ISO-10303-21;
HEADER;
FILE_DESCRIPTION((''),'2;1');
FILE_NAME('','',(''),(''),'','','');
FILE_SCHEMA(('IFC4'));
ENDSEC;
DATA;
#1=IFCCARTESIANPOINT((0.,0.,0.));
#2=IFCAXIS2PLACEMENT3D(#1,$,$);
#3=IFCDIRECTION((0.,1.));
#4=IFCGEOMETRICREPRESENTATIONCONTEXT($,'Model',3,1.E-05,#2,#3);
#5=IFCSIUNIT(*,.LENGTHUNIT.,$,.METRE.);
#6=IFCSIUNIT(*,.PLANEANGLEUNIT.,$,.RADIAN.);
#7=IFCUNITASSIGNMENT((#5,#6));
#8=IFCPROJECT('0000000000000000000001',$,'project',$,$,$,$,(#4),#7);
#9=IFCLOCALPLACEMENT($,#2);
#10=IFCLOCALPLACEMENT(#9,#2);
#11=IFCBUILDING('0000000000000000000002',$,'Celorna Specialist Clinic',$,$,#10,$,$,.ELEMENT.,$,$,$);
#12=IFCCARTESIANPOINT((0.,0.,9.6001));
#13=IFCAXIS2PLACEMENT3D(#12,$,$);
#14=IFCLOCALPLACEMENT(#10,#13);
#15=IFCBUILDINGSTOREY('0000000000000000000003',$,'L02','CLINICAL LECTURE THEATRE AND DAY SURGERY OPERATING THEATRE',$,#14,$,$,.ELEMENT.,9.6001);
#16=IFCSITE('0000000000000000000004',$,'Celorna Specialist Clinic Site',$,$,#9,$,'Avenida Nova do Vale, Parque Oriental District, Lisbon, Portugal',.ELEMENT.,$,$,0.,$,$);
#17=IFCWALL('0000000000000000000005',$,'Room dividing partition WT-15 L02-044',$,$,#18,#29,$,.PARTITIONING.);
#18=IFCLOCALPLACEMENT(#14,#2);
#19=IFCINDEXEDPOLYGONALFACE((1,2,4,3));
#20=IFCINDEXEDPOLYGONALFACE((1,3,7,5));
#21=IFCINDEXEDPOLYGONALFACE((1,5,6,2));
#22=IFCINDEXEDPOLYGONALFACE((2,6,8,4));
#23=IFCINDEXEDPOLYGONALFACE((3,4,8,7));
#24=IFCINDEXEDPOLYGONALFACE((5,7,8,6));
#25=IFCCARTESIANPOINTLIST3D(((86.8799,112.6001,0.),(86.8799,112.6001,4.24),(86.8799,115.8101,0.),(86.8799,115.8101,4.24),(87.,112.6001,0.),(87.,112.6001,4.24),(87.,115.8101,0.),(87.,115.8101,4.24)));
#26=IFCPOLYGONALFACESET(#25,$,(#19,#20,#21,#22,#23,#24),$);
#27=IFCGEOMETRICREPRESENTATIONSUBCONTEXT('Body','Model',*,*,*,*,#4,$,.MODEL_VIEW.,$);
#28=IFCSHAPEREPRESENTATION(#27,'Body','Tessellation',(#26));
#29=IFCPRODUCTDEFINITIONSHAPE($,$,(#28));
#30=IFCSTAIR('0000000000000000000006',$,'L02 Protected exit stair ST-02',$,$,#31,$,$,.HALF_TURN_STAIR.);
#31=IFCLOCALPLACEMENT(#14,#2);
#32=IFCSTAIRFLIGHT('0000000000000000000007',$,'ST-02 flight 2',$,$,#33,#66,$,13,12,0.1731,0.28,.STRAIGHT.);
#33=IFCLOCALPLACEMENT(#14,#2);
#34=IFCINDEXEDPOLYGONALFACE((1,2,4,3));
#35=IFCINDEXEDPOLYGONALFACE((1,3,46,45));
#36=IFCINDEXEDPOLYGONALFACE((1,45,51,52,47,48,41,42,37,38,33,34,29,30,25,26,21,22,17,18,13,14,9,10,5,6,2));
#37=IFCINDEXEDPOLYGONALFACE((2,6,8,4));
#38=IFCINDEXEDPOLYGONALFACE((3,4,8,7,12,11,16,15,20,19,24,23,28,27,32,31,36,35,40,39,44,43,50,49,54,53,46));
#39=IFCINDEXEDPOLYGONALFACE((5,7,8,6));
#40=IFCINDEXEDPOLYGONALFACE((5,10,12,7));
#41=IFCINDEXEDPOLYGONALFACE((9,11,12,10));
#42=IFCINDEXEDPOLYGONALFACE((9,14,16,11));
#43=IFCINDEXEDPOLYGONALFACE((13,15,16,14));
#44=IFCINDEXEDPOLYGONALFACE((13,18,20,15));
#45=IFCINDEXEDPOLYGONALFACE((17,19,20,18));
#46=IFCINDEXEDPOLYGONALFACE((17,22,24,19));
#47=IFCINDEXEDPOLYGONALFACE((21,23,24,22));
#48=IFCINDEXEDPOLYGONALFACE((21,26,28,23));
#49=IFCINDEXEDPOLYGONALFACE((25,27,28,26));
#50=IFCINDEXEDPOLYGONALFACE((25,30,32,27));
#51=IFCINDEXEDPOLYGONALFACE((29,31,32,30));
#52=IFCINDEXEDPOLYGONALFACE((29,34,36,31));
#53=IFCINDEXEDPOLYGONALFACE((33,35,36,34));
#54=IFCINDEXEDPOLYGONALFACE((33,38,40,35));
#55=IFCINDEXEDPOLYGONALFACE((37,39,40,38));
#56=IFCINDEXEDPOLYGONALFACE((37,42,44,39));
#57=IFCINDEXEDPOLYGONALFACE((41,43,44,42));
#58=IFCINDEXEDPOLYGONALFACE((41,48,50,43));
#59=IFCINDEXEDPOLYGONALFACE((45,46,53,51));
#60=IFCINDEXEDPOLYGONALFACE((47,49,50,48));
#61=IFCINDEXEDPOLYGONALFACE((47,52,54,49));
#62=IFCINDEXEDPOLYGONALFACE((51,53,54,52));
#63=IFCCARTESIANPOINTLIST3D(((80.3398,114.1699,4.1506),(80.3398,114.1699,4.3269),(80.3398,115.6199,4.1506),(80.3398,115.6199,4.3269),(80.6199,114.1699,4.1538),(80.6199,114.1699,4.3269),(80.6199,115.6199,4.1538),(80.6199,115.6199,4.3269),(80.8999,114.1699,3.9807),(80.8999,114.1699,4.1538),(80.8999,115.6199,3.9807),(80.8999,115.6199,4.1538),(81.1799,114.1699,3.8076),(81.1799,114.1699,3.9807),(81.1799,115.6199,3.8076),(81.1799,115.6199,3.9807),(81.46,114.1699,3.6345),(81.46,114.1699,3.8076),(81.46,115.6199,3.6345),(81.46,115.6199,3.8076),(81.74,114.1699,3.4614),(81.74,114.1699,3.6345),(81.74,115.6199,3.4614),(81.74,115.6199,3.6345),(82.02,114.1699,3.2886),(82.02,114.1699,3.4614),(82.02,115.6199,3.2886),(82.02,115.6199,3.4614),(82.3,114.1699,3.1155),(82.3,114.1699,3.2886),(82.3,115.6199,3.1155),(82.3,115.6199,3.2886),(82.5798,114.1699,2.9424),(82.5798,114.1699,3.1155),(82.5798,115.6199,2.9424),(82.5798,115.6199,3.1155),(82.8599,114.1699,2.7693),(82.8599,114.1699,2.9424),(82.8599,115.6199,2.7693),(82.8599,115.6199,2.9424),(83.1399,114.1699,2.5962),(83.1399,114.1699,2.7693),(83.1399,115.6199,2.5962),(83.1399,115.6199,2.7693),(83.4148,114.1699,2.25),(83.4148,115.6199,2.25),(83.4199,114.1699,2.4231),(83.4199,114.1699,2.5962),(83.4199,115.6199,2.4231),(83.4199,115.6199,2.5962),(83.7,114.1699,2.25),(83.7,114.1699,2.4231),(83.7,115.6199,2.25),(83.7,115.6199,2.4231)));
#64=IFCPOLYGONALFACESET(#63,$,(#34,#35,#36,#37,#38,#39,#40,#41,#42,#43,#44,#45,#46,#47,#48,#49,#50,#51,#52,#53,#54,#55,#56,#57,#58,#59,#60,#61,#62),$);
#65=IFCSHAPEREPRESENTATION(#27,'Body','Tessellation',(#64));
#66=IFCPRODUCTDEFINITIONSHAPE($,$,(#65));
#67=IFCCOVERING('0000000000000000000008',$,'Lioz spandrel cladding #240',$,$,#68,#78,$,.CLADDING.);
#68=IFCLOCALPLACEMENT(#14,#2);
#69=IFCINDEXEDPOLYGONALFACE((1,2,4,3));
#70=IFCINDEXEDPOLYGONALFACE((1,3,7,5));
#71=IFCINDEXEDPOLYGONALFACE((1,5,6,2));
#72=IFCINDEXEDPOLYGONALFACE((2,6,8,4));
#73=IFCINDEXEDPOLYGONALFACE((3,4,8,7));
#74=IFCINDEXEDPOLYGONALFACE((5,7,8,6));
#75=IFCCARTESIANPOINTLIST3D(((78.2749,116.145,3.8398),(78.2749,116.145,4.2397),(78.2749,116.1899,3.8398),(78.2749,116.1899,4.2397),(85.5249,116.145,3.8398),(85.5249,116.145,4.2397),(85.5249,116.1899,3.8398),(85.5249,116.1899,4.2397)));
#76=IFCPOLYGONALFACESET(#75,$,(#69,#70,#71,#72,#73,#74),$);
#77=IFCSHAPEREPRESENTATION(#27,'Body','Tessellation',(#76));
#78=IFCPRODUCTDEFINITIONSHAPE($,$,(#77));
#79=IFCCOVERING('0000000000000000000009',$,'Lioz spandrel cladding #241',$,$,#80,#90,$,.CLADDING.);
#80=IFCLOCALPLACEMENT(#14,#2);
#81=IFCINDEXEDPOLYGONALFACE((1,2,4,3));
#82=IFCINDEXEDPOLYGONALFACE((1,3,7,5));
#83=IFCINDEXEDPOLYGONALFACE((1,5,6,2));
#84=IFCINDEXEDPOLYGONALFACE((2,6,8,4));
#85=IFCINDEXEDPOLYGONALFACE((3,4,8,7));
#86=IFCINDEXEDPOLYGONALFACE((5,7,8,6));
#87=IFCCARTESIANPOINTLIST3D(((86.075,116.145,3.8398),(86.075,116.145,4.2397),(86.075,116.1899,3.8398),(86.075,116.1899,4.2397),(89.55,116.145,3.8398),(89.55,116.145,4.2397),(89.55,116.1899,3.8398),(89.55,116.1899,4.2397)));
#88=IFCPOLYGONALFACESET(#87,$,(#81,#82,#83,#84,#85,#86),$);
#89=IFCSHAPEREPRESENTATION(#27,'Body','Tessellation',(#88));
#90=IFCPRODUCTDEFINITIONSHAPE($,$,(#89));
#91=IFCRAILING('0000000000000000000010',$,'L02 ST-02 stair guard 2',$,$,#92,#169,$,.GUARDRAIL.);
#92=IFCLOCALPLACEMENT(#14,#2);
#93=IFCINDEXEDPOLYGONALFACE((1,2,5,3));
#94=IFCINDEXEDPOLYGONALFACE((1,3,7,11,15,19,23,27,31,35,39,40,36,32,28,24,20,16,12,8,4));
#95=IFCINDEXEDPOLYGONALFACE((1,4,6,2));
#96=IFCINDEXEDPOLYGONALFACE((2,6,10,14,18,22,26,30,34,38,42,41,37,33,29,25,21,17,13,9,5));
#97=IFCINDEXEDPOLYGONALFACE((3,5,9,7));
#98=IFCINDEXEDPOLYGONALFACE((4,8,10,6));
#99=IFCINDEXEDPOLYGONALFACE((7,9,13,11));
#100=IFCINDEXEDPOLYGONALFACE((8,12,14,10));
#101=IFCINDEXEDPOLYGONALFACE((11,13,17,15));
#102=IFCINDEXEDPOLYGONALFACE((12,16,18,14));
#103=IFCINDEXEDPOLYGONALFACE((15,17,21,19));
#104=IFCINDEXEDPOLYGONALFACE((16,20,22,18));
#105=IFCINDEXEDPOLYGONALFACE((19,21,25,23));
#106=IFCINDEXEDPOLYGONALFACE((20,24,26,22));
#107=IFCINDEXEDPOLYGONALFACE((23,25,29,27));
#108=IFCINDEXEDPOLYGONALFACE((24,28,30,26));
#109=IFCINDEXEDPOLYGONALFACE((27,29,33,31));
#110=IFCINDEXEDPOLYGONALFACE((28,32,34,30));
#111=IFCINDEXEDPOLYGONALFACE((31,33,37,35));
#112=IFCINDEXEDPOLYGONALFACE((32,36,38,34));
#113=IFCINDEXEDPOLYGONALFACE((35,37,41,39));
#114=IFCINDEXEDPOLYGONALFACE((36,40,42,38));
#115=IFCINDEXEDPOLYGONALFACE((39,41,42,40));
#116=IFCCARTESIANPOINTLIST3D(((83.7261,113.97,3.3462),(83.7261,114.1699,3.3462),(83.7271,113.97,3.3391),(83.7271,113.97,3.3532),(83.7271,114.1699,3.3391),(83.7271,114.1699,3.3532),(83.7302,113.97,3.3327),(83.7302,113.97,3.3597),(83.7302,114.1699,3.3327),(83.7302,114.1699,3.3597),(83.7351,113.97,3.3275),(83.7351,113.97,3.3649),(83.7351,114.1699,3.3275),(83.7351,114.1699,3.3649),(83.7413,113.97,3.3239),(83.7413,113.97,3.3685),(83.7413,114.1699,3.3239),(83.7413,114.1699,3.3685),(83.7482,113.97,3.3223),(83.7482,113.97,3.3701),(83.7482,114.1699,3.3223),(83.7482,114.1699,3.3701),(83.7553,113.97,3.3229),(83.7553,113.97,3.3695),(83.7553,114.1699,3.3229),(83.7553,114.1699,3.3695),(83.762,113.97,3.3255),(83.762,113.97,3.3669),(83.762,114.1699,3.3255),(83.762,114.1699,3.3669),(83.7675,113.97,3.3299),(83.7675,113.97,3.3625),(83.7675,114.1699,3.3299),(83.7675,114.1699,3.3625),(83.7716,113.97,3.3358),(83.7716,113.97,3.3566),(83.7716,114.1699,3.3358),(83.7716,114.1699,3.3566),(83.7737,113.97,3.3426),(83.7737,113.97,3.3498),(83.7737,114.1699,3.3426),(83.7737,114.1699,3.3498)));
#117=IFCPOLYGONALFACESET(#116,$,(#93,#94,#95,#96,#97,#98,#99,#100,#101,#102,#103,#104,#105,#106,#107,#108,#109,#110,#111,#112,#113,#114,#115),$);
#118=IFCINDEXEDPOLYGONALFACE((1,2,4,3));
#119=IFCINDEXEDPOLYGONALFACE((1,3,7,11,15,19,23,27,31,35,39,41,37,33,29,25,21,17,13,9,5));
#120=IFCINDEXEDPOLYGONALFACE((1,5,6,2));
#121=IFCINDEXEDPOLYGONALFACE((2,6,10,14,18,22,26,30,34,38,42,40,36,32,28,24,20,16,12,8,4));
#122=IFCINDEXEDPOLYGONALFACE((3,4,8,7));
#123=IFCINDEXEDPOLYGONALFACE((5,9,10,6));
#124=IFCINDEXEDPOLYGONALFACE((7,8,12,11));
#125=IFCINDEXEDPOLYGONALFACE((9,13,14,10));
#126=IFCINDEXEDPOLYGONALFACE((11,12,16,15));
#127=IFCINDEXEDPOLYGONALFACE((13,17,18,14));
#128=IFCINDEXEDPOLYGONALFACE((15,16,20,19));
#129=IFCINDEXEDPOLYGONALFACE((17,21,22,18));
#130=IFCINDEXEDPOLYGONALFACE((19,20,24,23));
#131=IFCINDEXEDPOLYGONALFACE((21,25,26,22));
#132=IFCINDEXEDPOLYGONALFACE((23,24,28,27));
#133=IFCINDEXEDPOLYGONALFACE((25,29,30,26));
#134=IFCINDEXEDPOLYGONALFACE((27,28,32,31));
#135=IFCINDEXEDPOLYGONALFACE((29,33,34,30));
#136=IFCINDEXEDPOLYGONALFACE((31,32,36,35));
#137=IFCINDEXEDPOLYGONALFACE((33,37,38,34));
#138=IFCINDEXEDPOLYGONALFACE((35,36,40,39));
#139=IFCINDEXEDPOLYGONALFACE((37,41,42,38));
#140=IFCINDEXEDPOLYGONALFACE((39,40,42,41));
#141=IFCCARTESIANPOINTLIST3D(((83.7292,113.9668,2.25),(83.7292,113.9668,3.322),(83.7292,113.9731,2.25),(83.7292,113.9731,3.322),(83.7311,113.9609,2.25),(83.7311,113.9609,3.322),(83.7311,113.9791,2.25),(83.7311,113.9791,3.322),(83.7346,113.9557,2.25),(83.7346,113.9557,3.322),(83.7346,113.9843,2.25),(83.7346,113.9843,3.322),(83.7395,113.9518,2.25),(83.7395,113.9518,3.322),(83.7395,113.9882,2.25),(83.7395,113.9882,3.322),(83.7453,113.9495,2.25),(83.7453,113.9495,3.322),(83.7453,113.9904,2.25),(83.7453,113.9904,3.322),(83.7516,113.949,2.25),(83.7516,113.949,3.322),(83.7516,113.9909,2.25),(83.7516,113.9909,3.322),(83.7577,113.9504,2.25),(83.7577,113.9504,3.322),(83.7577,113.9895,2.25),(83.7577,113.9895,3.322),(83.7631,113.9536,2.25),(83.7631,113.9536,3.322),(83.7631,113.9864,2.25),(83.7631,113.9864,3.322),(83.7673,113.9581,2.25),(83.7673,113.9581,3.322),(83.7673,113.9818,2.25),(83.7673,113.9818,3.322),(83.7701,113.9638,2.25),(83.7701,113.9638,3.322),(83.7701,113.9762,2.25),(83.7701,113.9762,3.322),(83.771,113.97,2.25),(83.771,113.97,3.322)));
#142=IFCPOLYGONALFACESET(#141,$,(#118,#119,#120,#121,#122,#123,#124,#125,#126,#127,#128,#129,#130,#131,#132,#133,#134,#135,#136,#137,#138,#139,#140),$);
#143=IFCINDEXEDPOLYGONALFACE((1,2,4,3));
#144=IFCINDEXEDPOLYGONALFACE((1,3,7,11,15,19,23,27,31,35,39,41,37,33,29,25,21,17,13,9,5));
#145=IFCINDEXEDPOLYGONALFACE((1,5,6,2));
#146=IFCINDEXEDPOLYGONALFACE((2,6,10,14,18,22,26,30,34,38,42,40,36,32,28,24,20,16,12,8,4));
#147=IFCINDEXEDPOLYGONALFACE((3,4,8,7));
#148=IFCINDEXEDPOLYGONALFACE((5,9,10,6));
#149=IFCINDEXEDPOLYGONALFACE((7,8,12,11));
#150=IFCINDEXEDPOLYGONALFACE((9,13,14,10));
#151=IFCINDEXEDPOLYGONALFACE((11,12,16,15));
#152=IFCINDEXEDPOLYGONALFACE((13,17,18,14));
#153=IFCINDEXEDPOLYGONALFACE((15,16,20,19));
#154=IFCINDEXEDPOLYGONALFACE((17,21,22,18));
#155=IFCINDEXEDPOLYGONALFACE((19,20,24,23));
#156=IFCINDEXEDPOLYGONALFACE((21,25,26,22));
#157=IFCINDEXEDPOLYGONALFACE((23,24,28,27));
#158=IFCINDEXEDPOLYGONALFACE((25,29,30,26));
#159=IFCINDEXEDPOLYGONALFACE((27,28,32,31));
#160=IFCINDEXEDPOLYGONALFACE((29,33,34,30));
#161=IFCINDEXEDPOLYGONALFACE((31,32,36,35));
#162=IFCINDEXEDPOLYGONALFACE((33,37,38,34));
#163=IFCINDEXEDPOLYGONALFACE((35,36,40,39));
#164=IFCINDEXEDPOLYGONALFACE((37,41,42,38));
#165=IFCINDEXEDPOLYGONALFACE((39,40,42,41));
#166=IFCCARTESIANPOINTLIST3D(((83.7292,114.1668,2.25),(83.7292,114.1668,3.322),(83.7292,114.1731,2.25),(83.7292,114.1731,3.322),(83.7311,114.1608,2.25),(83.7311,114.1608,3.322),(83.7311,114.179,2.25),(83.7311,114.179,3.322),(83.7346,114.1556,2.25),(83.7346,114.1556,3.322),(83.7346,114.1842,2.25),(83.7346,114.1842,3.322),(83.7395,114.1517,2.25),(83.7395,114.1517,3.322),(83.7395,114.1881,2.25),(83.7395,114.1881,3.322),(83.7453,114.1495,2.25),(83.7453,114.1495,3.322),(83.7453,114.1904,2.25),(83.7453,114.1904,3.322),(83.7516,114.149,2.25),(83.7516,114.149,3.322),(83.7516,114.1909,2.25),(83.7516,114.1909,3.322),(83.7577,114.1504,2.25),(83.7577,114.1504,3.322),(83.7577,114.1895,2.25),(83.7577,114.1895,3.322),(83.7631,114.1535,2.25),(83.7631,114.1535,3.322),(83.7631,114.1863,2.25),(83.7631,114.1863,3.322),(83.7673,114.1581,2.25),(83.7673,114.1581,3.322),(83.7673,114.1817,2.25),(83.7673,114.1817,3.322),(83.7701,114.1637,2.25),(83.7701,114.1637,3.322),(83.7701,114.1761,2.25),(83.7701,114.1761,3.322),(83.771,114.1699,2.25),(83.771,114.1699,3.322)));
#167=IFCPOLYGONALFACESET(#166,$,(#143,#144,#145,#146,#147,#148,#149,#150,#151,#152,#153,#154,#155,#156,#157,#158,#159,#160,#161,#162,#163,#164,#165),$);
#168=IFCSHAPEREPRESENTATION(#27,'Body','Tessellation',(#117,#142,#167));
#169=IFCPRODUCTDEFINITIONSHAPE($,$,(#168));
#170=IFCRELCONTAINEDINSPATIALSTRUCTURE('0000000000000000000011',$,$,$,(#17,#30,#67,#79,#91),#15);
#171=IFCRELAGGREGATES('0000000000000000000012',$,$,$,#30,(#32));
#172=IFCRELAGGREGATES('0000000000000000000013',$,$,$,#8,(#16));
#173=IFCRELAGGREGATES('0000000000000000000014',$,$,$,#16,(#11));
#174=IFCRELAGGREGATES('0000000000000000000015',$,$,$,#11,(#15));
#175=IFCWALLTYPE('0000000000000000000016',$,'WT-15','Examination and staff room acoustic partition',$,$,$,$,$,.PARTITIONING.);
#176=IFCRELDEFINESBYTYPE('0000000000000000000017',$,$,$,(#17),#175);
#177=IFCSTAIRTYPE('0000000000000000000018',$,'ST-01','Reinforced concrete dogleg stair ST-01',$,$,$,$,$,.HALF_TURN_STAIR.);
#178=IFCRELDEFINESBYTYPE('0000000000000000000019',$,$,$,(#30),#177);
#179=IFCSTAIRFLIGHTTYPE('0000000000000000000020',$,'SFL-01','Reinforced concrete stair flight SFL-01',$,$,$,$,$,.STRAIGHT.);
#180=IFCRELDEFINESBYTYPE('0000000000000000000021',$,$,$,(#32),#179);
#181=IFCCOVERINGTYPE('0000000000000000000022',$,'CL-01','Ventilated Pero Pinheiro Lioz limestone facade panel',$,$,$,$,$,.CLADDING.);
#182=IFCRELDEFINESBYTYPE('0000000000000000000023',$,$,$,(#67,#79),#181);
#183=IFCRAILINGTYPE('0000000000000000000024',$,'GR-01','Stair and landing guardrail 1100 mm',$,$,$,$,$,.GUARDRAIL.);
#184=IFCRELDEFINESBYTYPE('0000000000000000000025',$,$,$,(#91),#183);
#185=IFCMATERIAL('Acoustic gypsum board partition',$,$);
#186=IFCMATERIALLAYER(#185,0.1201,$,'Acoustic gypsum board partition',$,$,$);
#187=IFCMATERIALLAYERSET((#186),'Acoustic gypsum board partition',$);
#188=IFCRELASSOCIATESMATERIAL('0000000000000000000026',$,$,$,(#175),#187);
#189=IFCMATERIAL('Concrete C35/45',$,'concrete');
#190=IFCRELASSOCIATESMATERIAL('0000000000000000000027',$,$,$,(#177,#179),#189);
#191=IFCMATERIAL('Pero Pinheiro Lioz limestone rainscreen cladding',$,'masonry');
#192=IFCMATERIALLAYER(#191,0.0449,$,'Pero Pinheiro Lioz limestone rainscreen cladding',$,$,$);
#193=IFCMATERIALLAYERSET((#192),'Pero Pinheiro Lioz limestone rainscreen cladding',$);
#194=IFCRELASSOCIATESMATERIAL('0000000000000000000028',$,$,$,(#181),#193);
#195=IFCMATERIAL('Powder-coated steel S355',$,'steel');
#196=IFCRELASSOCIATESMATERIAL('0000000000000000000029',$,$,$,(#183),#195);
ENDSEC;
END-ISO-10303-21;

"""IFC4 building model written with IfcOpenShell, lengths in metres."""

from ifc_helpers import new_model, si_unit, direction, frame, frame_2d, origin, origin_2d, place, context, subcontext, project, spatial, polyline, rectangle, circle, outline, extrude, material, layer, layer_set, type_object, element, aggregate, save


model = new_model("IFC4")

# Units and contexts
model_context = context("Model", 3, precision=1e-05, world=origin(), true_north=direction((0.0, 1.0)))
body_context = subcontext(model_context, "Body", "Model", "MODEL_VIEW")
ifc_project = project(units=[si_unit("LENGTHUNIT", "METRE"), si_unit("PLANEANGLEUNIT", "RADIAN")], contexts=[model_context])

# Site, building, storey
site_placement = place(None, origin())
site = spatial("IfcSite", under=ifc_project, at=site_placement, Name="Celorna Specialist Clinic Site", LongName="Avenida Nova do Vale, Parque Oriental District, Lisbon, Portugal", CompositionType="ELEMENT", RefElevation=0.0)
building_placement = place(site_placement, origin())
building = spatial("IfcBuilding", under=site, at=building_placement, Name="Celorna Specialist Clinic", CompositionType="ELEMENT")
storey_placement = place(building_placement, frame((0.0, 0.0, 9.6001)))
storey = spatial("IfcBuildingStorey", under=building, at=storey_placement, Name="L02", Description="CLINICAL LECTURE THEATRE AND DAY SURGERY OPERATING THEATRE", CompositionType="ELEMENT", Elevation=9.6001)

# Shared definitions
ifc_material_1 = material(Name="Concrete C35/45", Category="concrete")

# Wall
ifc_material_2 = material(Name="Acoustic gypsum board partition")
ifc_layer_1 = layer(ifc_material_2, 0.1201, Name="Acoustic gypsum board partition")
ifc_layer_set_1 = layer_set([ifc_layer_1], Name="Acoustic gypsum board partition")
wall_type_1 = type_object("IfcWallType", Name="WT-15", Description="Examination and staff room acoustic partition", PredefinedType="PARTITIONING", material=ifc_layer_set_1)
wall_1_placement = place(storey_placement, frame((86.9399, 112.6001, 0.0), z_axis=(0.0, 0.0, 1.0), x_axis=(0.0, 1.0, 0.0)))
element("IfcWall", 1, at=wall_1_placement, inside=storey, type_object=wall_type_1, Name="Room dividing partition WT-15 L02-044", PredefinedType="PARTITIONING", context=body_context, shape_type="SweptSolid", body=[
    extrude(rectangle(XDim=3.21, YDim=0.1201, at=frame_2d((1.605, 0.0))), origin(), (0.0, 0.0, 1.0), 4.24),
])

# Stair, stair flight
stair_type = type_object("IfcStairType", Name="ST-01", Description="Reinforced concrete dogleg stair ST-01", PredefinedType="HALF_TURN_STAIR", material=ifc_material_1)
stair_placement = place(storey_placement, origin())
stair = element("IfcStair", 2, at=stair_placement, inside=storey, type_object=stair_type, Name="L02 Protected exit stair ST-02", PredefinedType="HALF_TURN_STAIR")
stair_flight_type = type_object("IfcStairFlightType", Name="SFL-01", Description="Reinforced concrete stair flight SFL-01", PredefinedType="STRAIGHT", material=ifc_material_1)
stair_flight_placement = place(storey_placement, frame((83.7, 114.895, 2.25), z_axis=(0.0, 0.0, 1.0), x_axis=(-1.0, 0.0, 0.0)))
stair_flight = element("IfcStairFlight", 3, at=stair_flight_placement, type_object=stair_flight_type, Name="ST-02 flight 2", NumberOfRisers=13, NumberOfTreads=12, PredefinedType="STRAIGHT", RiserHeight=0.1731, TreadLength=0.28, context=body_context, shape_type="SweptSolid", body=[
    extrude(outline(polyline([(0.0, 0.0), (0.0, 0.1731), (0.28, 0.1731), (0.28, 0.3462), (0.5601, 0.3462), (0.5601, 0.5193), (0.8401, 0.5193), (0.8401, 0.6924), (1.1201, 0.6924), (1.1201, 0.8655), (1.3999, 0.8655), (1.3999, 1.0386), (1.6799, 1.0386), (1.6799, 1.2114), (1.96, 1.2114), (1.96, 1.3845), (2.24, 1.3845), (2.24, 1.5576), (2.52, 1.5576), (2.52, 1.7307), (2.8, 1.7307), (2.8, 1.9038), (3.0801, 1.9038), (3.0801, 2.0769), (3.3601, 2.0769), (3.3601, 2.25), (3.3601, 1.9006), (0.2852, 0.0), (0.0, 0.0)])), frame((0.0, 0.7251, 0.0), z_axis=(0.0, -1.0, 0.0), x_axis=(1.0, 0.0, 0.0)), (0.0, 0.0, 1.0), 1.45),
])
aggregate(stair, [stair_flight])

# Coverings
ifc_material_3 = material(Name="Pero Pinheiro Lioz limestone rainscreen cladding", Category="masonry")
ifc_layer_2 = layer(ifc_material_3, 0.0449, Name="Pero Pinheiro Lioz limestone rainscreen cladding")
ifc_layer_set_2 = layer_set([ifc_layer_2], Name="Pero Pinheiro Lioz limestone rainscreen cladding")
covering_type = type_object("IfcCoveringType", Name="CL-01", Description="Ventilated Pero Pinheiro Lioz limestone facade panel", PredefinedType="CLADDING", material=ifc_layer_set_2)
covering_1_placement = place(storey_placement, frame((81.8999, 116.1675, 3.8398), z_axis=(0.0, 0.0, 1.0), x_axis=(1.0, 0.0, 0.0)))
element("IfcCovering", 4, at=covering_1_placement, inside=storey, type_object=covering_type, Name="Lioz spandrel cladding #240", PredefinedType="CLADDING", context=body_context, shape_type="SweptSolid", body=[
    extrude(rectangle(XDim=7.25, YDim=0.0449, at=origin_2d()), origin(), (0.0, 0.0, 1.0), 0.3999),
])
covering_2_placement = place(storey_placement, frame((87.8125, 116.1675, 3.8398), z_axis=(0.0, 0.0, 1.0), x_axis=(1.0, 0.0, 0.0)))
element("IfcCovering", 5, at=covering_2_placement, inside=storey, type_object=covering_type, Name="Lioz spandrel cladding #241", PredefinedType="CLADDING", context=body_context, shape_type="SweptSolid", body=[
    extrude(rectangle(XDim=3.4751, YDim=0.0449, at=origin_2d()), origin(), (0.0, 0.0, 1.0), 0.3999),
])

# Railing
ifc_material_4 = material(Name="Powder-coated steel S355", Category="steel")
railing_type_1 = type_object("IfcRailingType", Name="GR-01", Description="Stair and landing guardrail 1100 mm", PredefinedType="GUARDRAIL", material=ifc_material_4)
railing_1_placement = place(storey_placement, frame((83.75, 113.97, 2.25)))
element("IfcRailing", 6, at=railing_1_placement, inside=storey, type_object=railing_type_1, Name="L02 ST-02 stair guard 2", PredefinedType="GUARDRAIL", context=body_context, shape_type="SweptSolid", body=[
    extrude(circle(Radius=0.0239, at=origin_2d()), frame((0.0, 0.0, 1.0962), z_axis=(0.0, 1.0, 0.0), x_axis=(-1.0, 0.0, 0.0)), (0.0, 0.0, 1.0), 0.2),
    extrude(circle(Radius=0.021, at=origin_2d()), origin(), (0.0, 0.0, 1.0), 1.072),
    extrude(circle(Radius=0.021, at=origin_2d()), frame((0.0, 0.2, 0.0)), (0.0, 0.0, 1.0), 1.072),
])

save(model, "model.ifc")
